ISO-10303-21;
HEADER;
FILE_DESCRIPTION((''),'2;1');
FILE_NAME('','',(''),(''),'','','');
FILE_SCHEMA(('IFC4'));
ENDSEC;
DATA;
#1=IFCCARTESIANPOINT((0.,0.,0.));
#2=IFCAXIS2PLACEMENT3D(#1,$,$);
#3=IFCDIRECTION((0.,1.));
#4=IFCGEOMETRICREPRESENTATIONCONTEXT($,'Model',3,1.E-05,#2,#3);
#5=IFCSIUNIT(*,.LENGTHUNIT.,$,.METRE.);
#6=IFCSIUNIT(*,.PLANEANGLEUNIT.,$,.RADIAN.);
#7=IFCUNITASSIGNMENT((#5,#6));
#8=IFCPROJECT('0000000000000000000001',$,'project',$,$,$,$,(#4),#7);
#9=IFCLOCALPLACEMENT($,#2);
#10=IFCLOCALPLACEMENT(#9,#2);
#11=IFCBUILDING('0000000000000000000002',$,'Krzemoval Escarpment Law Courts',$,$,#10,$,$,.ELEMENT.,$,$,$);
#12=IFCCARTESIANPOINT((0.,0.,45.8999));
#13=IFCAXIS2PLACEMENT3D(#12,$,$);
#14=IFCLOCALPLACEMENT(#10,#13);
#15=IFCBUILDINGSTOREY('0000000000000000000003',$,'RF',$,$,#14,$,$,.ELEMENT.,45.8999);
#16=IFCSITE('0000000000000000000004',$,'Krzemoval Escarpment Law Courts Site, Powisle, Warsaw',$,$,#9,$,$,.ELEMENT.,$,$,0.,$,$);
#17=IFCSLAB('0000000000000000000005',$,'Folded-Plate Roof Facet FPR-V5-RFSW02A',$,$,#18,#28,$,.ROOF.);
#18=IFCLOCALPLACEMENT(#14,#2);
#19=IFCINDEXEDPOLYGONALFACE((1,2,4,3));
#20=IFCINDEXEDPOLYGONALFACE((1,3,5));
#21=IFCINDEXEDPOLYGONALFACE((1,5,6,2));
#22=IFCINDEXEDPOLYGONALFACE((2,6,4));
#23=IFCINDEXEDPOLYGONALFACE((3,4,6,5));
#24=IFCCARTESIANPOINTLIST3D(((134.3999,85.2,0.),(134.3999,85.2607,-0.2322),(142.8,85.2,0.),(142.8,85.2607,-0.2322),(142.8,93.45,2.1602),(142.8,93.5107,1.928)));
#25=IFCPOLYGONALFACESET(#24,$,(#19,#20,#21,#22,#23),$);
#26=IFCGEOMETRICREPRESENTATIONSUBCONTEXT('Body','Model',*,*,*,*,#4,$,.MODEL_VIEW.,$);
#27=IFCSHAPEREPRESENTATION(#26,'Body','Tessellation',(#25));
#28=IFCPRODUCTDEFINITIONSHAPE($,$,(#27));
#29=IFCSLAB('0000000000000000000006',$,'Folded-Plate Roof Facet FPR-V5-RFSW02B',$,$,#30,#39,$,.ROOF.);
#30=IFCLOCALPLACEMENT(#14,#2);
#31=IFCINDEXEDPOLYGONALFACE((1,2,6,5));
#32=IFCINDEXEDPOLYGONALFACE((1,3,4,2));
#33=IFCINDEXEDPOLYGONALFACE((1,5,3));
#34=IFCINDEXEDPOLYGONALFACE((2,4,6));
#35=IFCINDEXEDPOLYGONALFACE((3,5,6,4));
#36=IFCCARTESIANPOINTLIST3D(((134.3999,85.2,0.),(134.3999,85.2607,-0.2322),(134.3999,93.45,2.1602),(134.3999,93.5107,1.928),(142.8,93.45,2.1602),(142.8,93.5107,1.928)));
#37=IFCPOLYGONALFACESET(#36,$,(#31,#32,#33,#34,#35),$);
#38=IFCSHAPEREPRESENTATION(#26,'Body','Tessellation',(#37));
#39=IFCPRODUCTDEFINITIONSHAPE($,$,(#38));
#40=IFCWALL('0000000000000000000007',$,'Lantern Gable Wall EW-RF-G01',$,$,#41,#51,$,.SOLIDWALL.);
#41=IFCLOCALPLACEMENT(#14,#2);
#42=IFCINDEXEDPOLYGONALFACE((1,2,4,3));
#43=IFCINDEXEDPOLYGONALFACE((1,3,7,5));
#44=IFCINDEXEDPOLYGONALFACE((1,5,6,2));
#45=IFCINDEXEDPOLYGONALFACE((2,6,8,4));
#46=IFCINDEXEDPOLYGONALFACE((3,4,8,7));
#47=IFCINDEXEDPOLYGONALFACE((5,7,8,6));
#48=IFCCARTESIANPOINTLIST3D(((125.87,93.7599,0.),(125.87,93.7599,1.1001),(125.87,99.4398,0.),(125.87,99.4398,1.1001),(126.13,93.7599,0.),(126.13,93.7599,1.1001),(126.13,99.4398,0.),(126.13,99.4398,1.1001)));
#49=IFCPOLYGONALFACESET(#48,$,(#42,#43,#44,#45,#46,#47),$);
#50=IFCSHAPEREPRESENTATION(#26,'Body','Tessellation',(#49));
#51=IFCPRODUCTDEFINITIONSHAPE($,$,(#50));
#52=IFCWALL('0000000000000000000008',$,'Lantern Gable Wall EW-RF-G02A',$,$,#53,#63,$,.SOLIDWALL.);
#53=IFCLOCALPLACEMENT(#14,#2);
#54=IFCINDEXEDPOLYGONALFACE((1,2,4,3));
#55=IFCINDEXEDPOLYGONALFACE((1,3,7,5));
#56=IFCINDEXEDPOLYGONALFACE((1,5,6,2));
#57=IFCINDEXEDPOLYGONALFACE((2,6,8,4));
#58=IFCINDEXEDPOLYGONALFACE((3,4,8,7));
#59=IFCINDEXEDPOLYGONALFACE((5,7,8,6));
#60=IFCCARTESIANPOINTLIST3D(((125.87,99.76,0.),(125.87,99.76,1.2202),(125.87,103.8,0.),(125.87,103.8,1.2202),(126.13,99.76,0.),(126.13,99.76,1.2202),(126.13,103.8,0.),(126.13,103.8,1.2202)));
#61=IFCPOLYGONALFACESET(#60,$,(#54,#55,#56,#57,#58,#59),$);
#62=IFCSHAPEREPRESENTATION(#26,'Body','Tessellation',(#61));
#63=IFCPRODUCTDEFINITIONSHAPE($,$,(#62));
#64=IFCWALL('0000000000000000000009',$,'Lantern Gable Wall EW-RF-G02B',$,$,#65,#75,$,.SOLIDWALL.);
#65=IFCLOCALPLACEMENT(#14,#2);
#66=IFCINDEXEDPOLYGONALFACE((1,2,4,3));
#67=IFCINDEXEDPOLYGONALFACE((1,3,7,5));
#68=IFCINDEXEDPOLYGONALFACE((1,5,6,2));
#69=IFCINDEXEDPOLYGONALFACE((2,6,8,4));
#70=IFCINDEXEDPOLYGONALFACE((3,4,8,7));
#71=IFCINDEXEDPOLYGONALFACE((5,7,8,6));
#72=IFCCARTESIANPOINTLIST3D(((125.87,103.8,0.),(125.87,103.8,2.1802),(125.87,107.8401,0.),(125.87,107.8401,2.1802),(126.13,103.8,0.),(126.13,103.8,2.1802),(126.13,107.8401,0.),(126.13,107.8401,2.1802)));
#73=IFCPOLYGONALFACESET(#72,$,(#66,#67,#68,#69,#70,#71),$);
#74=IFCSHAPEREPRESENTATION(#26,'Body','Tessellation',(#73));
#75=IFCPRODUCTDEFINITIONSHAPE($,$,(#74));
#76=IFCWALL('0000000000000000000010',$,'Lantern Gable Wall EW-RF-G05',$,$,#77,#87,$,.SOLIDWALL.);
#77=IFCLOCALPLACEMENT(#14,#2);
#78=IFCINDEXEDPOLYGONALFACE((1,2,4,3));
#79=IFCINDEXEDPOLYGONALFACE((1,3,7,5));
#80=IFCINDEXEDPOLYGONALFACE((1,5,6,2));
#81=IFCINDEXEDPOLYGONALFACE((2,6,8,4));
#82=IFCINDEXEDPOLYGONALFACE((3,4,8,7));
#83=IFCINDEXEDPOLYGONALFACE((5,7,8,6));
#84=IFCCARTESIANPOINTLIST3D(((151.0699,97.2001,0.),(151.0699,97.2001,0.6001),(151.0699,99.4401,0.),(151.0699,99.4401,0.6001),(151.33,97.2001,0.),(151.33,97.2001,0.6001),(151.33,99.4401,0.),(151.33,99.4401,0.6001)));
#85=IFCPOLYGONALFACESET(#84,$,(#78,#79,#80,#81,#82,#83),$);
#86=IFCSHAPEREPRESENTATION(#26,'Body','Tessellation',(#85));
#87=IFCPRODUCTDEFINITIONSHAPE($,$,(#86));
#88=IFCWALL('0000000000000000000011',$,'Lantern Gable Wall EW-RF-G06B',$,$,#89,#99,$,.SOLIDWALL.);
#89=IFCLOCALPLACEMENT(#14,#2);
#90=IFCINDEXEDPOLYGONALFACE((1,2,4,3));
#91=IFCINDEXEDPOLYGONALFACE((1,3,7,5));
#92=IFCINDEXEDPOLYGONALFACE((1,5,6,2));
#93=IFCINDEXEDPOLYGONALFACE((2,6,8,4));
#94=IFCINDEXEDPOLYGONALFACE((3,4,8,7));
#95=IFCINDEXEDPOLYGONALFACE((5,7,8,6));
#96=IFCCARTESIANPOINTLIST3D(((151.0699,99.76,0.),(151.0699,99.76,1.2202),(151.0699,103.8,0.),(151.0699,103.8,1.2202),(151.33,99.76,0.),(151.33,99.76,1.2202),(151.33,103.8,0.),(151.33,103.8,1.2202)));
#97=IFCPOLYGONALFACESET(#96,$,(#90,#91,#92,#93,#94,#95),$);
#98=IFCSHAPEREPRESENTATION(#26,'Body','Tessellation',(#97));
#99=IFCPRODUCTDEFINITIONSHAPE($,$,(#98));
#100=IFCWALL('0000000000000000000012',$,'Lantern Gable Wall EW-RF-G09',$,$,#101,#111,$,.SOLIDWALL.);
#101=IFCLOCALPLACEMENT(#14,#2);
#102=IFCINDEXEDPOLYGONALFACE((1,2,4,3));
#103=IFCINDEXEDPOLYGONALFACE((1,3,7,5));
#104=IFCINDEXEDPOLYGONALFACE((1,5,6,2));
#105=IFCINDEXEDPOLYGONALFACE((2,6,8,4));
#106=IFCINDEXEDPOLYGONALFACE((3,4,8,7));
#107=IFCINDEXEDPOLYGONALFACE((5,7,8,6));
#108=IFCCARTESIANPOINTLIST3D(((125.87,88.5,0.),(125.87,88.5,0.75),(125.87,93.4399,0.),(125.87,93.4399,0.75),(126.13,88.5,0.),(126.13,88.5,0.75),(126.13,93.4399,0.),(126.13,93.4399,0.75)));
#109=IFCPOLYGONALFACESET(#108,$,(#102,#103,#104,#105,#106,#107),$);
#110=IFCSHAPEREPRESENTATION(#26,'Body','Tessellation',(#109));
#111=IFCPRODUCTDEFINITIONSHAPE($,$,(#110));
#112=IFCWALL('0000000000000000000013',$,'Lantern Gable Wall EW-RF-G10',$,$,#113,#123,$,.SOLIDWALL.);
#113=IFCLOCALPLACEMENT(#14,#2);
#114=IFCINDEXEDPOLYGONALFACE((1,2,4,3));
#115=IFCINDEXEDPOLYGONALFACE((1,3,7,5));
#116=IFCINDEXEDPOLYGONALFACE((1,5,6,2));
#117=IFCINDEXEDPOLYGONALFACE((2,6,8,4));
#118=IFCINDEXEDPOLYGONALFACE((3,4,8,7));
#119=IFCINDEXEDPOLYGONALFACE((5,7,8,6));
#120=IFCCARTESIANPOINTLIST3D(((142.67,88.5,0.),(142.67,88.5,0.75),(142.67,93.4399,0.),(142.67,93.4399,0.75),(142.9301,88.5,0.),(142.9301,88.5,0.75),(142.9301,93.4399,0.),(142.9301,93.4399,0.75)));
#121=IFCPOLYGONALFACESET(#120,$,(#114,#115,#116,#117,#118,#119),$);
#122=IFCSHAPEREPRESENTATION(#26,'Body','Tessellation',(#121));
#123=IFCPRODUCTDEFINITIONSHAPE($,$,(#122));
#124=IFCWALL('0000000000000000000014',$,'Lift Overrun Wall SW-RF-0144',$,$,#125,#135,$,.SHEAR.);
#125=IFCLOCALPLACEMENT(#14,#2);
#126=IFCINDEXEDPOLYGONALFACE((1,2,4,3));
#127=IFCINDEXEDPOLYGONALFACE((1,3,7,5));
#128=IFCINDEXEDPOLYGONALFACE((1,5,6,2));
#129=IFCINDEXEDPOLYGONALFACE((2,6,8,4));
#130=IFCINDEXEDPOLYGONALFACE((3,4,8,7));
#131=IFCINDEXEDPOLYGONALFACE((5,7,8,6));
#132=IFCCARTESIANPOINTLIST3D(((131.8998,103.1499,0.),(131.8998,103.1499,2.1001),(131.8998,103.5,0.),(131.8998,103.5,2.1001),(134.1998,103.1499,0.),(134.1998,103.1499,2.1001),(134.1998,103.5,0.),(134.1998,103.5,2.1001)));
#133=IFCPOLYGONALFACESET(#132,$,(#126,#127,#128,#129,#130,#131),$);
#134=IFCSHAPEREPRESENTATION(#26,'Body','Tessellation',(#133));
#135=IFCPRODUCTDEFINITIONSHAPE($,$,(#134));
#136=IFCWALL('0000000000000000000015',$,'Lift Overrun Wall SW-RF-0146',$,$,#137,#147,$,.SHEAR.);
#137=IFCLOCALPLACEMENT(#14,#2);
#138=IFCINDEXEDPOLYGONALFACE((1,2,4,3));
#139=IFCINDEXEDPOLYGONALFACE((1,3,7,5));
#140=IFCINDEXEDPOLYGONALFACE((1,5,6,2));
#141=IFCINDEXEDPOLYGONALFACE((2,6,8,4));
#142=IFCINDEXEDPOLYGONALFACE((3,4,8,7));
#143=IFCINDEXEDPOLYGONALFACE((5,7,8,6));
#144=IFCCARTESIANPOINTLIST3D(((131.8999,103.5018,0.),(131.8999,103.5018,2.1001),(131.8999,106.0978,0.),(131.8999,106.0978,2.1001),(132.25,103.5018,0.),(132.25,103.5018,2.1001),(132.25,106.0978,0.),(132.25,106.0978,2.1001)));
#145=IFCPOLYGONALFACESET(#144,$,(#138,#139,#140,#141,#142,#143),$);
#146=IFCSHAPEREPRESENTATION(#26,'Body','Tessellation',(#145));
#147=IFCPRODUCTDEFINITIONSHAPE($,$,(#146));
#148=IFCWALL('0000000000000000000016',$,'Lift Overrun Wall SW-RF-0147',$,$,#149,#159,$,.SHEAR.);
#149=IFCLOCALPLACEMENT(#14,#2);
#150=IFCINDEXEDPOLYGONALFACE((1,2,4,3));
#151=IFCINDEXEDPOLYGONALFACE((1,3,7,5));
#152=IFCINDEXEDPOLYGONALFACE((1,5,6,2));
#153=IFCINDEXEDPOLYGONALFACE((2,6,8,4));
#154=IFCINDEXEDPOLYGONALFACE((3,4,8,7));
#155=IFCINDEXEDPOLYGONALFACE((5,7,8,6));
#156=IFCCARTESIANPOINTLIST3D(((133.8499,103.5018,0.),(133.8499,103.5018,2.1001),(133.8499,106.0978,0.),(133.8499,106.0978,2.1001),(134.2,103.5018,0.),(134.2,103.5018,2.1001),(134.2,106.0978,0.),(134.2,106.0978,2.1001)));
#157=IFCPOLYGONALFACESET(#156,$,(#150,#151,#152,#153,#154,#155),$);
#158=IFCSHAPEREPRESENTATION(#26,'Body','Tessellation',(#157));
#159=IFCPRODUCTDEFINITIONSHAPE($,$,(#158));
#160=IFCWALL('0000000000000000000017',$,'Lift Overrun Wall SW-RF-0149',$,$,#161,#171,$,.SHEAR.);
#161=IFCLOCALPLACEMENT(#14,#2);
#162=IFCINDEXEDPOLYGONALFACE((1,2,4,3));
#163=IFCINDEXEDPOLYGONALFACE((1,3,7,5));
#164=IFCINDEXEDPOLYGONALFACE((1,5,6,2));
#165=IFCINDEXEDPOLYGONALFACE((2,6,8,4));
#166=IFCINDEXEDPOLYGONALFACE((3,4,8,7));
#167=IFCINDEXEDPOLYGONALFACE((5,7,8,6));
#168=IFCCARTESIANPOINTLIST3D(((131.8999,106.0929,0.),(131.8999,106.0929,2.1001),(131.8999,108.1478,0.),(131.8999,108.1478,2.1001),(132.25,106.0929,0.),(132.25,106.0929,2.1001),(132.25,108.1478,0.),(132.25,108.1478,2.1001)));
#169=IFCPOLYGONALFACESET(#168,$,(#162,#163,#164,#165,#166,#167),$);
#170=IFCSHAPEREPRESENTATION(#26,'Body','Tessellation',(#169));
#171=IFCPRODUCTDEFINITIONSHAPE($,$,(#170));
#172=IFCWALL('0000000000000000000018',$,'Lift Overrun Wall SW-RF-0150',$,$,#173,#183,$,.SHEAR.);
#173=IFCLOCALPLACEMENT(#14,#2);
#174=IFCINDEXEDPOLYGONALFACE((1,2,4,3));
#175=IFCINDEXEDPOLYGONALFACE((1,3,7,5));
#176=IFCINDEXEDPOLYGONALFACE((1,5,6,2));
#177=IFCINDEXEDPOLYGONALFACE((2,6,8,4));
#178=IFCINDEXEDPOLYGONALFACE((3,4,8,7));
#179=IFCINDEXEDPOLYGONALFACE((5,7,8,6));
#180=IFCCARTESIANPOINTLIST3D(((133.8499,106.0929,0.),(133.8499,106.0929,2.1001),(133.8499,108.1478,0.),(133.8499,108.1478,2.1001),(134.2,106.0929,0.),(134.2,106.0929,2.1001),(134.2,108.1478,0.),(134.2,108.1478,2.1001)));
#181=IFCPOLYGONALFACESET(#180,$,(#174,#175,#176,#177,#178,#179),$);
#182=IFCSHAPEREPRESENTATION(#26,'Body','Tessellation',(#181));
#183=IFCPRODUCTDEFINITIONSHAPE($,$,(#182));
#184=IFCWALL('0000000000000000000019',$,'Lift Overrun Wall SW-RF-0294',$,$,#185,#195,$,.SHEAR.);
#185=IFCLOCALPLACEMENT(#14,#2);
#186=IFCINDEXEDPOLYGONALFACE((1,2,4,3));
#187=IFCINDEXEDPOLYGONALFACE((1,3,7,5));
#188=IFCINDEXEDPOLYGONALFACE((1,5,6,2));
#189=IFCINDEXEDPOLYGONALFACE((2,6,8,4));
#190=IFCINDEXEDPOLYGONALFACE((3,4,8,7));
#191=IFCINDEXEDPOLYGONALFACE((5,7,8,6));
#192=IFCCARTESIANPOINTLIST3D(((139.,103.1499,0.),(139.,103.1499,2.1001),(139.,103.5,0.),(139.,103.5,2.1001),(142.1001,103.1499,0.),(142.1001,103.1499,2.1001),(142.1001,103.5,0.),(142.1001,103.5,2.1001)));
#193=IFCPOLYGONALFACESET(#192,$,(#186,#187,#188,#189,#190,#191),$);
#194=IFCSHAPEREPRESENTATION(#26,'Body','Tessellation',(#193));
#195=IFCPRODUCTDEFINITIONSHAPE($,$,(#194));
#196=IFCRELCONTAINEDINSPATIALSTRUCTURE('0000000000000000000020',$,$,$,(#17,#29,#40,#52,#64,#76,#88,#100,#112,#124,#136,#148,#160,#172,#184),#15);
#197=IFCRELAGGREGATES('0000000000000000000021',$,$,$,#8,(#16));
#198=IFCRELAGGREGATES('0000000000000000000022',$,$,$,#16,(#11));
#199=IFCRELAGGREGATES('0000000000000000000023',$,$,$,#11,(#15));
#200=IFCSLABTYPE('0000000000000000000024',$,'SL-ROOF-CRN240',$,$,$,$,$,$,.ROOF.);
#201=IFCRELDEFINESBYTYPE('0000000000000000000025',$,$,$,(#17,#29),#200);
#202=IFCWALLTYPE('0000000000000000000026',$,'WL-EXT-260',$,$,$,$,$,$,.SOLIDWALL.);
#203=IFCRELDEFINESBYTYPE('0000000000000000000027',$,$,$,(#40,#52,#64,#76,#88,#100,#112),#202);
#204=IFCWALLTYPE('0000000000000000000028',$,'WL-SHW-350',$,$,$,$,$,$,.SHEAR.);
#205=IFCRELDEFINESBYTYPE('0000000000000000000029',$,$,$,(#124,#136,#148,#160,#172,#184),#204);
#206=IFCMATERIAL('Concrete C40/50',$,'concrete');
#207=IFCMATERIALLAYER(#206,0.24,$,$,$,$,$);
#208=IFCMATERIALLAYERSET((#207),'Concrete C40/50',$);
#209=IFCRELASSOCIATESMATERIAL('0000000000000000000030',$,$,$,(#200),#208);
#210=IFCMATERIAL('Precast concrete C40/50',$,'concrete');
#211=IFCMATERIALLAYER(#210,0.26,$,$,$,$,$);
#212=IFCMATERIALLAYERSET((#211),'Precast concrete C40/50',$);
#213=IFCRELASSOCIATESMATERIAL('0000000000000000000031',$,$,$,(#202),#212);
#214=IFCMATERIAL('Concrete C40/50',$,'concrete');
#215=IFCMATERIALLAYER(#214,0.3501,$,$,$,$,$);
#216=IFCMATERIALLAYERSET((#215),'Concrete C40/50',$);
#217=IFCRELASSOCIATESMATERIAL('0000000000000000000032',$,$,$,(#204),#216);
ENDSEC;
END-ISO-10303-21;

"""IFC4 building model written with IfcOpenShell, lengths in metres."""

from ifc_helpers import new_model, si_unit, direction, frame, frame_2d, origin, place, context, subcontext, project, spatial, polyline, rectangle, outline, extrude, material, layer, layer_set, type_object, element, save


model = new_model("IFC4")

# Units and contexts
model_context = context("Model", 3, precision=1e-05, world=origin(), true_north=direction((0.0, 1.0)))
body_context = subcontext(model_context, "Body", "Model", "MODEL_VIEW")
ifc_project = project(units=[si_unit("LENGTHUNIT", "METRE"), si_unit("PLANEANGLEUNIT", "RADIAN")], contexts=[model_context])

# Site, building, storey
site_placement = place(None, origin())
site = spatial("IfcSite", under=ifc_project, at=site_placement, Name="Krzemoval Escarpment Law Courts Site, Powisle, Warsaw", CompositionType="ELEMENT", RefElevation=0.0)
building_placement = place(site_placement, origin())
building = spatial("IfcBuilding", under=site, at=building_placement, Name="Krzemoval Escarpment Law Courts", CompositionType="ELEMENT")
storey_placement = place(building_placement, frame((0.0, 0.0, 45.8999)))
storey = spatial("IfcBuildingStorey", under=building, at=storey_placement, Name="RF", CompositionType="ELEMENT", Elevation=45.8999)

# Slabs
ifc_material_1 = material(Name="Concrete C40/50", Category="concrete")
ifc_layer_1 = layer(ifc_material_1, 0.24)
ifc_layer_set_1 = layer_set([ifc_layer_1], Name="Concrete C40/50")
slab_type = type_object("IfcSlabType", Name="SL-ROOF-CRN240", PredefinedType="ROOF", material=ifc_layer_set_1)
slab_1_placement = place(storey_placement, frame((134.3999, 85.2, 0.0), z_axis=(0.0, -0.253298, 0.967388), x_axis=(1.0, 0.0, 0.0)))
element("IfcSlab", 1, at=slab_1_placement, inside=storey, type_object=slab_type, Name="Folded-Plate Roof Facet FPR-V5-RFSW02A", PredefinedType="ROOF", context=body_context, shape_type="SweptSolid", body=[
    extrude(outline(polyline([(0.0, 0.0), (8.4001, 0.0), (8.4001, 8.5281), (0.0, 0.0)])), origin(), (0.0, 0.0, -1.0), 0.24),
])
slab_2_placement = place(storey_placement, frame((134.3999, 85.2, 0.0), z_axis=(0.0, -0.253298, 0.967388), x_axis=(0.701741, 0.689198, 0.180458)))
element("IfcSlab", 2, at=slab_2_placement, inside=storey, type_object=slab_type, Name="Folded-Plate Roof Facet FPR-V5-RFSW02B", PredefinedType="ROOF", context=body_context, shape_type="SweptSolid", body=[
    extrude(outline(polyline([(0.0, 0.0), (11.9704, 0.0), (6.0757, 5.9845), (0.0, 0.0)])), origin(), (0.0, 0.0, -1.0), 0.24),
])

# Walls
ifc_material_2 = material(Name="Precast concrete C40/50", Category="concrete")
ifc_layer_2 = layer(ifc_material_2, 0.26)
ifc_layer_set_2 = layer_set([ifc_layer_2], Name="Precast concrete C40/50")
wall_type_1 = type_object("IfcWallType", Name="WL-EXT-260", PredefinedType="SOLIDWALL", material=ifc_layer_set_2)
wall_1_placement = place(storey_placement, frame((126.0, 93.76, 0.0), z_axis=(0.0, 0.0, 1.0), x_axis=(0.0, 1.0, 0.0)))
element("IfcWall", 3, at=wall_1_placement, inside=storey, type_object=wall_type_1, Name="Lantern Gable Wall EW-RF-G01", PredefinedType="SOLIDWALL", context=body_context, shape_type="SweptSolid", body=[
    extrude(rectangle(XDim=5.6799, YDim=0.26, at=frame_2d((2.8398, 0.0))), origin(), (0.0, 0.0, 1.0), 1.1001),
])
wall_2_placement = place(storey_placement, frame((126.0, 99.76, 0.0), z_axis=(0.0, 0.0, 1.0), x_axis=(0.0, 1.0, 0.0)))
element("IfcWall", 4, at=wall_2_placement, inside=storey, type_object=wall_type_1, Name="Lantern Gable Wall EW-RF-G02A", PredefinedType="SOLIDWALL", context=body_context, shape_type="SweptSolid", body=[
    extrude(rectangle(XDim=4.04, YDim=0.26, at=frame_2d((2.02, 0.0))), origin(), (0.0, 0.0, 1.0), 1.2202),
])
wall_3_placement = place(storey_placement, frame((126.0, 103.8, 0.0), z_axis=(0.0, 0.0, 1.0), x_axis=(0.0, 1.0, 0.0)))
element("IfcWall", 5, at=wall_3_placement, inside=storey, type_object=wall_type_1, Name="Lantern Gable Wall EW-RF-G02B", PredefinedType="SOLIDWALL", context=body_context, shape_type="SweptSolid", body=[
    extrude(rectangle(XDim=4.04, YDim=0.26, at=frame_2d((2.02, 0.0))), origin(), (0.0, 0.0, 1.0), 2.1802),
])
wall_4_placement = place(storey_placement, frame((151.2, 97.2, 0.0), z_axis=(0.0, 0.0, 1.0), x_axis=(0.0, 1.0, 0.0)))
element("IfcWall", 6, at=wall_4_placement, inside=storey, type_object=wall_type_1, Name="Lantern Gable Wall EW-RF-G05", PredefinedType="SOLIDWALL", context=body_context, shape_type="SweptSolid", body=[
    extrude(rectangle(XDim=2.24, YDim=0.26, at=frame_2d((1.1201, 0.0))), origin(), (0.0, 0.0, 1.0), 0.6001),
])
wall_5_placement = place(storey_placement, frame((151.2, 103.8, 0.0), z_axis=(0.0, 0.0, 1.0), x_axis=(0.0, -1.0, 0.0)))
element("IfcWall", 7, at=wall_5_placement, inside=storey, type_object=wall_type_1, Name="Lantern Gable Wall EW-RF-G06B", PredefinedType="SOLIDWALL", context=body_context, shape_type="SweptSolid", body=[
    extrude(rectangle(XDim=4.04, YDim=0.26, at=frame_2d((2.02, 0.0))), origin(), (0.0, 0.0, 1.0), 1.2202),
])
for number, where, z_axis, x_axis, name in (
    (8, (126.0, 88.5, 0.0), (0.0, 0.0, 1.0), (0.0, 1.0, 0.0), "Lantern Gable Wall EW-RF-G09"),
    (9, (142.8, 93.4399, 0.0), (0.0, 0.0, 1.0), (0.0, -1.0, 0.0), "Lantern Gable Wall EW-RF-G10"),
):
    element("IfcWall", number, at=place(storey_placement, frame(where, z_axis=z_axis, x_axis=x_axis)), inside=storey, type_object=wall_type_1, Name=name, PredefinedType="SOLIDWALL", context=body_context, shape_type="SweptSolid", body=[
        extrude(rectangle(XDim=4.9399, YDim=0.26, at=frame_2d((2.47, 0.0))), origin(), (0.0, 0.0, 1.0), 0.75),
    ])
ifc_material_3 = material(Name="Concrete C40/50", Category="concrete")
ifc_layer_3 = layer(ifc_material_3, 0.3501)
ifc_layer_set_3 = layer_set([ifc_layer_3], Name="Concrete C40/50")
wall_type_2 = type_object("IfcWallType", Name="WL-SHW-350", PredefinedType="SHEAR", material=ifc_layer_set_3)
wall_6_placement = place(storey_placement, frame((131.8999, 103.325, 0.0), z_axis=(0.0, 0.0, 1.0), x_axis=(1.0, 0.0, 0.0)))
element("IfcWall", 10, at=wall_6_placement, inside=storey, type_object=wall_type_2, Name="Lift Overrun Wall SW-RF-0144", PredefinedType="SHEAR", context=body_context, shape_type="SweptSolid", body=[
    extrude(rectangle(XDim=2.3, YDim=0.3501, at=frame_2d((1.1499, 0.0))), origin(), (0.0, 0.0, 1.0), 2.1001),
])
for number, where, z_axis, x_axis, name in (
    (11, (132.075, 103.502, 0.0), (0.0, 0.0, 1.0), (0.0, 1.0, 0.0), "Lift Overrun Wall SW-RF-0146"),
    (12, (134.0249, 103.502, 0.0), (0.0, 0.0, 1.0), (0.0, 1.0, 0.0), "Lift Overrun Wall SW-RF-0147"),
):
    element("IfcWall", number, at=place(storey_placement, frame(where, z_axis=z_axis, x_axis=x_axis)), inside=storey, type_object=wall_type_2, Name=name, PredefinedType="SHEAR", context=body_context, shape_type="SweptSolid", body=[
        extrude(rectangle(XDim=2.5959, YDim=0.3501, at=frame_2d((1.2979, 0.0))), origin(), (0.0, 0.0, 1.0), 2.1001),
    ])
for number, where, z_axis, x_axis, name in (
    (13, (132.075, 106.093, 0.0), (0.0, 0.0, 1.0), (0.0, 1.0, 0.0), "Lift Overrun Wall SW-RF-0149"),
    (14, (134.0249, 106.093, 0.0), (0.0, 0.0, 1.0), (0.0, 1.0, 0.0), "Lift Overrun Wall SW-RF-0150"),
):
    element("IfcWall", number, at=place(storey_placement, frame(where, z_axis=z_axis, x_axis=x_axis)), inside=storey, type_object=wall_type_2, Name=name, PredefinedType="SHEAR", context=body_context, shape_type="SweptSolid", body=[
        extrude(rectangle(XDim=2.0549, YDim=0.3501, at=frame_2d((1.0273, 0.0))), origin(), (0.0, 0.0, 1.0), 2.1001),
    ])
wall_7_placement = place(storey_placement, frame((139.0, 103.325, 0.0), z_axis=(0.0, 0.0, 1.0), x_axis=(1.0, 0.0, 0.0)))
element("IfcWall", 15, at=wall_7_placement, inside=storey, type_object=wall_type_2, Name="Lift Overrun Wall SW-RF-0294", PredefinedType="SHEAR", context=body_context, shape_type="SweptSolid", body=[
    extrude(rectangle(XDim=3.1001, YDim=0.3501, at=frame_2d((1.55, 0.0))), origin(), (0.0, 0.0, 1.0), 2.1001),
])

save(model, "model.ifc")
